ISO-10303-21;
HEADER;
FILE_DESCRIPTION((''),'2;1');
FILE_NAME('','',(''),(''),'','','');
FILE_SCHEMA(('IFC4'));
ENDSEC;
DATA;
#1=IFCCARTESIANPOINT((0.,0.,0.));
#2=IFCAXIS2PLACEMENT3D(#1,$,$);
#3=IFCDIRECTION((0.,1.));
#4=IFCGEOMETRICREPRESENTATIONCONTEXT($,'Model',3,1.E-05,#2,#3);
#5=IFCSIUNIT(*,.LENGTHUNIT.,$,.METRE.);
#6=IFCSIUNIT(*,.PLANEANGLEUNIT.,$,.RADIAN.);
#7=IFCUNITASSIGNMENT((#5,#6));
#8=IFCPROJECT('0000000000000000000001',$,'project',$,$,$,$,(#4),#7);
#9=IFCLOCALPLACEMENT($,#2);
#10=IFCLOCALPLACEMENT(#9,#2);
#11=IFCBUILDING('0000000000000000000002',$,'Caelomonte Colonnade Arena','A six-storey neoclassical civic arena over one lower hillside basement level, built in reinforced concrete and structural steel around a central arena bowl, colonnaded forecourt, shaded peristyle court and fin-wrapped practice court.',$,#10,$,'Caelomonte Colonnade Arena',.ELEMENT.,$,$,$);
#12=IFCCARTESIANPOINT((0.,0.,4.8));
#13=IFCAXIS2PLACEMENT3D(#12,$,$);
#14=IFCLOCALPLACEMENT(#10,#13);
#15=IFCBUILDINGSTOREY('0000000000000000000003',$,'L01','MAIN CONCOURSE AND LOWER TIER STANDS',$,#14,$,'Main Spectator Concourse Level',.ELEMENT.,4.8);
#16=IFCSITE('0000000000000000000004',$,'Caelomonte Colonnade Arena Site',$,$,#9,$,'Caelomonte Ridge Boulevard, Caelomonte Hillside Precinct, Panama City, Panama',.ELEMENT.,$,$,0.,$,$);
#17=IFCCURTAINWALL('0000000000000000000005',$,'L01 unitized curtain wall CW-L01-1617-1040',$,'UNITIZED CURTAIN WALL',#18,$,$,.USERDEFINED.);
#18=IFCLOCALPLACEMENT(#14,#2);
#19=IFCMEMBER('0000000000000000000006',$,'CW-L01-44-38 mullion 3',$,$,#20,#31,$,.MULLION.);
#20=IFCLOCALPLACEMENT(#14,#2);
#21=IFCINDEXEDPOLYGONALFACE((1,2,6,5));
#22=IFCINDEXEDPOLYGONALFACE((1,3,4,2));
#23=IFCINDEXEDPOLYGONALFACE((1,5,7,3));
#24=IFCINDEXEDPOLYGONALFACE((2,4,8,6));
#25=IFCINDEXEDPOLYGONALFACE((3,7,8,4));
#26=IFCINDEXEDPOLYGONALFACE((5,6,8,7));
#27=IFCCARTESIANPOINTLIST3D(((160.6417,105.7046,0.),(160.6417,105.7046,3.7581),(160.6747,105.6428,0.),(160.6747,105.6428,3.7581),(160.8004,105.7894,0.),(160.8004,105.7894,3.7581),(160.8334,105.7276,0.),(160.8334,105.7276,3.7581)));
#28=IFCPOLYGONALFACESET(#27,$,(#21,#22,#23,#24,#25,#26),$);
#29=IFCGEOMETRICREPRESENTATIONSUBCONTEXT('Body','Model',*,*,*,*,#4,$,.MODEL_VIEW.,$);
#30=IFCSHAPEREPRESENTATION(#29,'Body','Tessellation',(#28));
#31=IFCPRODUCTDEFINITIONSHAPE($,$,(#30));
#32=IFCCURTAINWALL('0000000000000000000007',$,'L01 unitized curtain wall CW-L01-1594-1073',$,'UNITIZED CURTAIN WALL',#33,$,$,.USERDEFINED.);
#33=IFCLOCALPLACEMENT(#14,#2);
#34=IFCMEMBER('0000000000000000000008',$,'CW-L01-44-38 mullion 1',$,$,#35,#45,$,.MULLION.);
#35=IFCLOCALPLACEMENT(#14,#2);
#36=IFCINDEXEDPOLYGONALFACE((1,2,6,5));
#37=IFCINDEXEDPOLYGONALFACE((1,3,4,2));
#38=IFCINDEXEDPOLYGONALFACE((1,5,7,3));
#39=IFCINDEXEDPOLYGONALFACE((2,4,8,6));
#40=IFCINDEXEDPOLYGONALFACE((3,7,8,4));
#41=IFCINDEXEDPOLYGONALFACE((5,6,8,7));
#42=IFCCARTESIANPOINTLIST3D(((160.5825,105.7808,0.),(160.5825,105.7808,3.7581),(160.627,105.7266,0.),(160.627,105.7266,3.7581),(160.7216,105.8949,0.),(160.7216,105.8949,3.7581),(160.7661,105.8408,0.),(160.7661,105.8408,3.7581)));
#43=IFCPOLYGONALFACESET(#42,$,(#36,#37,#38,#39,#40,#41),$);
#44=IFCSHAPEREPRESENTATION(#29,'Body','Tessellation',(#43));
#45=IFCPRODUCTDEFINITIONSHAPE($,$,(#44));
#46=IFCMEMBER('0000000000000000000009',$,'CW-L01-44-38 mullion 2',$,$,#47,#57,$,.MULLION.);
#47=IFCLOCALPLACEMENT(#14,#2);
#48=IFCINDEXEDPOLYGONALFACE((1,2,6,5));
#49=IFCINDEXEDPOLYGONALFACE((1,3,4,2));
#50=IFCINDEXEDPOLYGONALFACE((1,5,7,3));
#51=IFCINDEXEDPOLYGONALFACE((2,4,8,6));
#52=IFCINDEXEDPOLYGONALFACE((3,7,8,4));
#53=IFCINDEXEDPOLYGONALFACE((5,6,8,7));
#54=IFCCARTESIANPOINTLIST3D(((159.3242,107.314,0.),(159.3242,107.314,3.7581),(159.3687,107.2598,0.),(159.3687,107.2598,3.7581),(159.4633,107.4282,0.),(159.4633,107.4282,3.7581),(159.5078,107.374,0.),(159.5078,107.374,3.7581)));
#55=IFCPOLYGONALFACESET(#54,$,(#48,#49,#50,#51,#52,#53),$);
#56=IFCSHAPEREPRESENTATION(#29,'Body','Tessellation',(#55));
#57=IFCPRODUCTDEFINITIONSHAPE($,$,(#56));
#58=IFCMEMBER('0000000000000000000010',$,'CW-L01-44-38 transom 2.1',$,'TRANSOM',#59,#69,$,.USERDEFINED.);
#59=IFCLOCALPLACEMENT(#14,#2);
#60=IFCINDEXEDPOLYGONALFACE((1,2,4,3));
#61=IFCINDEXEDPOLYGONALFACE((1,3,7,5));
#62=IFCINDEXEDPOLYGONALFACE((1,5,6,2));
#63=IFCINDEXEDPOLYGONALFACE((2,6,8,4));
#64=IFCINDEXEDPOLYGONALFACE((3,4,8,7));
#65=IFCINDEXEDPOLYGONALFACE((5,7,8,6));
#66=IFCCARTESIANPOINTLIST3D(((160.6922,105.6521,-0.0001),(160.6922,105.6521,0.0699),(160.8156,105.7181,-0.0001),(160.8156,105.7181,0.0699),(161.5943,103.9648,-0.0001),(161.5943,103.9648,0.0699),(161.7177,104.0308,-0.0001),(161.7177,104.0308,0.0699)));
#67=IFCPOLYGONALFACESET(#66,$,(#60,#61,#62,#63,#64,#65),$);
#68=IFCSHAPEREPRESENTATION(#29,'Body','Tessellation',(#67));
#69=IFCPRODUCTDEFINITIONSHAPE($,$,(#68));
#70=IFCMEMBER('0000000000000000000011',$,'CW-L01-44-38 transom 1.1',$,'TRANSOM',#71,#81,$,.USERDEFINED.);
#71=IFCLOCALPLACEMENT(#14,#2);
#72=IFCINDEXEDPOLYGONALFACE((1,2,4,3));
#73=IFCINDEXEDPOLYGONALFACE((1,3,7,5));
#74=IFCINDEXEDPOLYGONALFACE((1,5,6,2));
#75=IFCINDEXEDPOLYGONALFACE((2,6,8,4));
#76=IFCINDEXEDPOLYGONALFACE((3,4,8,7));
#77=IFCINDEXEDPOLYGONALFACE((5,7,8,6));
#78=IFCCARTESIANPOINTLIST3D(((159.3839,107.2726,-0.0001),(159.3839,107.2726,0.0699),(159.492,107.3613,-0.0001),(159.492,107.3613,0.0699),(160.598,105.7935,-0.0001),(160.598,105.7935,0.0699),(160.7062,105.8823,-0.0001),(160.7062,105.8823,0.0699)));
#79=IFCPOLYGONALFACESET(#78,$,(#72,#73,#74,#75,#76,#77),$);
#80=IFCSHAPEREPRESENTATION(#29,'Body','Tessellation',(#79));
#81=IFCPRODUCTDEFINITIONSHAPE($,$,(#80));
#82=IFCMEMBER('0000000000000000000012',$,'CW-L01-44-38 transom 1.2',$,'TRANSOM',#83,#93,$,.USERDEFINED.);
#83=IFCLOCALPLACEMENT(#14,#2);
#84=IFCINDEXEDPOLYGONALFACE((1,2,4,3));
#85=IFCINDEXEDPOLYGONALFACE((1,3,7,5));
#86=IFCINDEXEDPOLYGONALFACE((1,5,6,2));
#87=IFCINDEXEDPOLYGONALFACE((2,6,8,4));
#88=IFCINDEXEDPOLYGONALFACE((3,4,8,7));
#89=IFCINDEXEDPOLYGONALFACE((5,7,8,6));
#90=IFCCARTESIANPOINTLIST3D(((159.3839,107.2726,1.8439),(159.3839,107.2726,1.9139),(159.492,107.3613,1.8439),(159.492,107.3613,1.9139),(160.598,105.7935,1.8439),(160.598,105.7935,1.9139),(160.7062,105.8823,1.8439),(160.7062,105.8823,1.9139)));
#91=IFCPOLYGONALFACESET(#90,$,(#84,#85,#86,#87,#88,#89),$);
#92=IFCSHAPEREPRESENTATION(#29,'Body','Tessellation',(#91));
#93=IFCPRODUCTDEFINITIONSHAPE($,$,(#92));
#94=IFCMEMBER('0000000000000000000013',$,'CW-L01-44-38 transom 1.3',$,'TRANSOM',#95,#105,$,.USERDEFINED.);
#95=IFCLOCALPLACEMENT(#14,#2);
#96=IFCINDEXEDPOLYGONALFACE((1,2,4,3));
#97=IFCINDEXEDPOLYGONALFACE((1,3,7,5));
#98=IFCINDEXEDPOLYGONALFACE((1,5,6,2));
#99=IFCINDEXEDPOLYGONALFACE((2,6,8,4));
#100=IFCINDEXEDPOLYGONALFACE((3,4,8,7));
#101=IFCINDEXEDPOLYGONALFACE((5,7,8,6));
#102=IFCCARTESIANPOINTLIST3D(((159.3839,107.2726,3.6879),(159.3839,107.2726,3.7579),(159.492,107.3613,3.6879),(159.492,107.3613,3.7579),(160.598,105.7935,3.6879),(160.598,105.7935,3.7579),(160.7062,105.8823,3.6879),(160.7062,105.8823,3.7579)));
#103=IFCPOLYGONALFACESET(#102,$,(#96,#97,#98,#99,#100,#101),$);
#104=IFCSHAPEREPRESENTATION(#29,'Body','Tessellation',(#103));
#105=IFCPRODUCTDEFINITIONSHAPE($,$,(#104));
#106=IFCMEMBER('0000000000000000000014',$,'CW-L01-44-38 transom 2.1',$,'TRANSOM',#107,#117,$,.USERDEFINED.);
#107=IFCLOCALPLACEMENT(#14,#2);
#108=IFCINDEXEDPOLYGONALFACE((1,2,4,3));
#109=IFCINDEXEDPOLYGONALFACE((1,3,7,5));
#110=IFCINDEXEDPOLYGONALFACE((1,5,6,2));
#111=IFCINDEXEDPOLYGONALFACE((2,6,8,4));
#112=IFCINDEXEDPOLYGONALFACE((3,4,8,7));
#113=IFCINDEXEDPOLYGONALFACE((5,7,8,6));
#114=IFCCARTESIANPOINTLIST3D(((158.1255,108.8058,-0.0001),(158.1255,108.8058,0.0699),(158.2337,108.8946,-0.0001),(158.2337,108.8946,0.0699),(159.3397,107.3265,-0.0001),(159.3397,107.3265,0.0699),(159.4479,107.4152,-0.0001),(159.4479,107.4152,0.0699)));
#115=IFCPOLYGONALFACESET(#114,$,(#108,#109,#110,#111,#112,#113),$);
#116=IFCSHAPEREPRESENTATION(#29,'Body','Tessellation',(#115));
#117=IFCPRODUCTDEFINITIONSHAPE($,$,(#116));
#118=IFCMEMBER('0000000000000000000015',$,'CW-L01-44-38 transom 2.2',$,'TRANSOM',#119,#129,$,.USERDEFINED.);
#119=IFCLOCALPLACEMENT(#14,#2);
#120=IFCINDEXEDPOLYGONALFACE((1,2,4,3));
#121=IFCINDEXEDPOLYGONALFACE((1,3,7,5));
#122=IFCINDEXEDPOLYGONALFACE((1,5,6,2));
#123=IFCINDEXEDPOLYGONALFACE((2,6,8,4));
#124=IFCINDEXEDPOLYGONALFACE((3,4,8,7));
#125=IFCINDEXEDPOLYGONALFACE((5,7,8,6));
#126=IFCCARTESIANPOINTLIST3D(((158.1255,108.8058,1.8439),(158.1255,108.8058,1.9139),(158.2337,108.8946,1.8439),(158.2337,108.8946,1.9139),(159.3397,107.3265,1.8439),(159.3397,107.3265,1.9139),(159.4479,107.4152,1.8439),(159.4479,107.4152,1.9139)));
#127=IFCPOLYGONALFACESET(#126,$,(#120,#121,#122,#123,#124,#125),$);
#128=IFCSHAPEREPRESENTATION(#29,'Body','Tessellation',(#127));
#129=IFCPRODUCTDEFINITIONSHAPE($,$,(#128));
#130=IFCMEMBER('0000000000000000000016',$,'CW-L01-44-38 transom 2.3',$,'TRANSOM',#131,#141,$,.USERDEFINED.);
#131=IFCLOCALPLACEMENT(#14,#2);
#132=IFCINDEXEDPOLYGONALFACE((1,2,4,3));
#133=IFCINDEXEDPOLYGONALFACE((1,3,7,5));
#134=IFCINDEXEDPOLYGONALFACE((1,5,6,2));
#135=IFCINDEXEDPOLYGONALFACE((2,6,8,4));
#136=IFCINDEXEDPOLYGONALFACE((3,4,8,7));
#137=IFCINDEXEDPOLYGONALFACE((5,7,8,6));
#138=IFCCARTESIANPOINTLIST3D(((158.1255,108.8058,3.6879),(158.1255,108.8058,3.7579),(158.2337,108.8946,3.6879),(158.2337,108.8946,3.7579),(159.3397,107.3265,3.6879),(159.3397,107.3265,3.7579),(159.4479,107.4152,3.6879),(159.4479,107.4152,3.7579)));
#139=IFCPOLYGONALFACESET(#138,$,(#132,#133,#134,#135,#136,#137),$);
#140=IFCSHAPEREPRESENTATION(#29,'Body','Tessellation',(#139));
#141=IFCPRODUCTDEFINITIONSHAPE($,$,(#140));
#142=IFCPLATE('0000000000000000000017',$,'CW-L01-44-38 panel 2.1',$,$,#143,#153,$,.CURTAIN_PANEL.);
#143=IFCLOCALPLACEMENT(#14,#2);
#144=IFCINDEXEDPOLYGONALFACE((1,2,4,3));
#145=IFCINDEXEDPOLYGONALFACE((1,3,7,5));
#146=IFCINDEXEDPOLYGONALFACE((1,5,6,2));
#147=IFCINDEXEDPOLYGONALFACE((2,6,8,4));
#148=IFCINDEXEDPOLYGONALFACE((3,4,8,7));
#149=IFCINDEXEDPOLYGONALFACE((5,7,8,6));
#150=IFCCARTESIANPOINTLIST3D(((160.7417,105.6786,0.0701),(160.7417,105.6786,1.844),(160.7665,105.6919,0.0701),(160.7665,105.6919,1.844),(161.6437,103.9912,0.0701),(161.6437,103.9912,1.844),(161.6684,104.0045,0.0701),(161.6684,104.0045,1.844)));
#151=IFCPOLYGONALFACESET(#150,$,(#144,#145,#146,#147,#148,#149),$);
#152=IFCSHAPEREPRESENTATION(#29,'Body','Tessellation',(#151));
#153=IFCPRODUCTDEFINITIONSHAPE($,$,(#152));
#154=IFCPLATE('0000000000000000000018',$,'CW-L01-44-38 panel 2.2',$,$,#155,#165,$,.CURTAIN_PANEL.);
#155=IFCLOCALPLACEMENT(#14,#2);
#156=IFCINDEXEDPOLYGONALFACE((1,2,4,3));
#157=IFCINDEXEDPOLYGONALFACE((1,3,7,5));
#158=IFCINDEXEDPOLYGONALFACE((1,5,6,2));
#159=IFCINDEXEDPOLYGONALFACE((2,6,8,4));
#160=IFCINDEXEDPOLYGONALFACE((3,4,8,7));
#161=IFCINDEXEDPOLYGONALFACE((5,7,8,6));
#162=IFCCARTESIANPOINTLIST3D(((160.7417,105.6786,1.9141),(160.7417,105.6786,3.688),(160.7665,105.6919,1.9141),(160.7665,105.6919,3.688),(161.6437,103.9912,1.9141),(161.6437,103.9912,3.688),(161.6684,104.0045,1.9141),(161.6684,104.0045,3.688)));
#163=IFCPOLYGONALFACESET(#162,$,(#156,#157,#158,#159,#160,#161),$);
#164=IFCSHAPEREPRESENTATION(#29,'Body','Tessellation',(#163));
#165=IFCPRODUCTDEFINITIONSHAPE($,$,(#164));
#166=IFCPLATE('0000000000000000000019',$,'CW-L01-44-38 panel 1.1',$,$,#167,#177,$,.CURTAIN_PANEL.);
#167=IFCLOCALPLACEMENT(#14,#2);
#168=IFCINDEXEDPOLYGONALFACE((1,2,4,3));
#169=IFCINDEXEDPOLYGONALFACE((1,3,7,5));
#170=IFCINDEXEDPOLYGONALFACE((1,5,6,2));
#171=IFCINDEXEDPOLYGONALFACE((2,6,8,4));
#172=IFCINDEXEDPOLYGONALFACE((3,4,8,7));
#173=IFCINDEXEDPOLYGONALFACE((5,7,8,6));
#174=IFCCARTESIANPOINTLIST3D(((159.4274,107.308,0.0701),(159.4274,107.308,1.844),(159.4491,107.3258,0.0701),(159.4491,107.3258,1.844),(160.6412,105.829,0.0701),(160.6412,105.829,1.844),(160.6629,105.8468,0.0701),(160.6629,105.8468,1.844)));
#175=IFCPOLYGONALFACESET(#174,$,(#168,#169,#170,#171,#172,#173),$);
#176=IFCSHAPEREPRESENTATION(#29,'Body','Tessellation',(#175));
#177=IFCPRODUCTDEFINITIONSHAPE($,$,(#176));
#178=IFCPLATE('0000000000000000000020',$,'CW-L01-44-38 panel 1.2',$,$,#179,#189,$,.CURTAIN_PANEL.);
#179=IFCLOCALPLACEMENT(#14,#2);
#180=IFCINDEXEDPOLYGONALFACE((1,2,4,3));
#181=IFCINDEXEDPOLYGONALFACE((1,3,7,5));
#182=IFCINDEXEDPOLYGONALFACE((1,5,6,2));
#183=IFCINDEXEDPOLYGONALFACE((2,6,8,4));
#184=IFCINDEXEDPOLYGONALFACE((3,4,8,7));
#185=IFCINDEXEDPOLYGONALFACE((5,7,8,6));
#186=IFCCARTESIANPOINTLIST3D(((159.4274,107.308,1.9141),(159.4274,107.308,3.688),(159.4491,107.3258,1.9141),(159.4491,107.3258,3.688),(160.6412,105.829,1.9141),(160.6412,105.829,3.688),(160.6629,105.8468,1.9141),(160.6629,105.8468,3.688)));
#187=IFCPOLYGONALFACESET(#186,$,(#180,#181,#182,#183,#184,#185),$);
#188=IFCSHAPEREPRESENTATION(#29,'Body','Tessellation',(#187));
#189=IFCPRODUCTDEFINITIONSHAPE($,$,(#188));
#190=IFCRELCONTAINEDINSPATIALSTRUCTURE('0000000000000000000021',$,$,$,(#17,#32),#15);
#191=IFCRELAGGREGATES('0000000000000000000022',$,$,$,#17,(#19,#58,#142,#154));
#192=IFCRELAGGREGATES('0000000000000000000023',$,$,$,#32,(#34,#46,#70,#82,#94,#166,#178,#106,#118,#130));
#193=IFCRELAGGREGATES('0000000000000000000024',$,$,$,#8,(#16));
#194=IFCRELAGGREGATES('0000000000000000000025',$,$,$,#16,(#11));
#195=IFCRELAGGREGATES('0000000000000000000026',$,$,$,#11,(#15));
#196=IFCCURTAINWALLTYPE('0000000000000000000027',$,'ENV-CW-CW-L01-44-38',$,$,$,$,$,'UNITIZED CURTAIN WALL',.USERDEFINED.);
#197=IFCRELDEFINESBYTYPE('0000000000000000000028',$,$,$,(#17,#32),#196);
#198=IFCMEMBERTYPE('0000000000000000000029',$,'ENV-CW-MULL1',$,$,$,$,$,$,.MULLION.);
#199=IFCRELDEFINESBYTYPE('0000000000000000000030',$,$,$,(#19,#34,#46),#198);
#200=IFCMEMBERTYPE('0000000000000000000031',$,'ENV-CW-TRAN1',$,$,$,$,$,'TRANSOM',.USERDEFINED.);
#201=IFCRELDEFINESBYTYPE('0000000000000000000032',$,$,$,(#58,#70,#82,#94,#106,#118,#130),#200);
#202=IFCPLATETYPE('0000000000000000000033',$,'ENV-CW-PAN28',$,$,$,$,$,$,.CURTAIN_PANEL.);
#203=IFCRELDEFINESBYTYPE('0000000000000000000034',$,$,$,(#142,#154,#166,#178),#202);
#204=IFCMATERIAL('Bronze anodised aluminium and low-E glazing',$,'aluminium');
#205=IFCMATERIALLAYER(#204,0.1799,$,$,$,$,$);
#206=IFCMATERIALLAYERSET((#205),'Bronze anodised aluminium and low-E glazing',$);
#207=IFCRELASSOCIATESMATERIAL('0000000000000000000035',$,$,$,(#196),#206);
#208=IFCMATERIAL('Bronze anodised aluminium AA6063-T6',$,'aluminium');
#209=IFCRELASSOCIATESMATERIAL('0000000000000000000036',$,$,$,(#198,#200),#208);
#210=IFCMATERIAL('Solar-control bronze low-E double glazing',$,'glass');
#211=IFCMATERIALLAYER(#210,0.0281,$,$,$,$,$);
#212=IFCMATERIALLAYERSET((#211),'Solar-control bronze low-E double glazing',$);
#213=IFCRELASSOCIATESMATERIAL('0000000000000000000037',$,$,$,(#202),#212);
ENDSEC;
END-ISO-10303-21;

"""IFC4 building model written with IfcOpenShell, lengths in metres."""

from ifc_helpers import new_model, si_unit, direction, frame, origin, origin_2d, place, context, subcontext, project, spatial, rectangle, extrude, material, layer, layer_set, material_profile, profile_set, type_object, element, aggregate, save


model = new_model("IFC4")

# Units and contexts
model_context = context("Model", 3, precision=1e-05, world=origin(), true_north=direction((0.0, 1.0)))
body_context = subcontext(model_context, "Body", "Model", "MODEL_VIEW")
ifc_project = project(units=[si_unit("LENGTHUNIT", "METRE"), si_unit("PLANEANGLEUNIT", "RADIAN")], contexts=[model_context])

# Site, building, storey
site_placement = place(None, origin())
site = spatial("IfcSite", under=ifc_project, at=site_placement, Name="Caelomonte Colonnade Arena Site", LongName="Caelomonte Ridge Boulevard, Caelomonte Hillside Precinct, Panama City, Panama", CompositionType="ELEMENT", RefElevation=0.0)
building_placement = place(site_placement, origin())
building = spatial("IfcBuilding", under=site, at=building_placement, Name="Caelomonte Colonnade Arena", Description="A six-storey neoclassical civic arena over one lower hillside basement level, built in reinforced concrete and structural steel around a central arena bowl, colonnaded forecourt, shaded peristyle court and fin-wrapped practice court.", LongName="Caelomonte Colonnade Arena", CompositionType="ELEMENT")
storey_placement = place(building_placement, frame((0.0, 0.0, 4.8)))
storey = spatial("IfcBuildingStorey", under=building, at=storey_placement, Name="L01", Description="MAIN CONCOURSE AND LOWER TIER STANDS", LongName="Main Spectator Concourse Level", CompositionType="ELEMENT", Elevation=4.8)

# Curtain wall, member
ifc_material_1 = material(Name="Bronze anodised aluminium and low-E glazing", Category="aluminium")
ifc_layer_1 = layer(ifc_material_1, 0.1799)
ifc_layer_set_1 = layer_set([ifc_layer_1], Name="Bronze anodised aluminium and low-E glazing")
curtain_wall_type = type_object("IfcCurtainWallType", Name="ENV-CW-CW-L01-44-38", ElementType="UNITIZED CURTAIN WALL", PredefinedType="USERDEFINED", material=ifc_layer_set_1)
curtain_wall_1_placement = place(storey_placement, origin())
curtain_wall_1 = element("IfcCurtainWall", 1, at=curtain_wall_1_placement, inside=storey, type_object=curtain_wall_type, Name="L01 unitized curtain wall CW-L01-1617-1040", ObjectType="UNITIZED CURTAIN WALL", PredefinedType="USERDEFINED")
ifc_material_2 = material(Name="Bronze anodised aluminium AA6063-T6", Category="aluminium")
ifc_material_profile_1 = material_profile(ifc_material_2, rectangle(XDim=0.0701, YDim=0.1799, at=origin_2d()), Name="CWM-70X180")
ifc_profile_set_1 = profile_set([ifc_material_profile_1], Name="Bronze anodised aluminium AA6063-T6")
member_type_1 = type_object("IfcMemberType", Name="ENV-CW-MULL1", PredefinedType="MULLION", material=ifc_profile_set_1)
member_1_placement = place(storey_placement, frame((160.7375, 105.7161, 0.0), z_axis=(0.0, 0.0, 1.0), x_axis=(-0.471394, 0.881923, 0.0)))
member_1 = element("IfcMember", 2, at=member_1_placement, type_object=member_type_1, Name="CW-L01-44-38 mullion 3", PredefinedType="MULLION", context=body_context, shape_type="SweptSolid", body=[
    extrude(rectangle(XDim=0.0701, YDim=0.1799, at=origin_2d()), origin(), (0.0, 0.0, 1.0), 3.7581),
])

# Curtain wall, members
curtain_wall_2_placement = place(storey_placement, origin())
curtain_wall_2 = element("IfcCurtainWall", 3, at=curtain_wall_2_placement, inside=storey, type_object=curtain_wall_type, Name="L01 unitized curtain wall CW-L01-1594-1073", ObjectType="UNITIZED CURTAIN WALL", PredefinedType="USERDEFINED")
member_2_placement = place(storey_placement, frame((160.6743, 105.8108, 0.0), z_axis=(0.0, 0.0, 1.0), x_axis=(-0.634416, 0.772992, 0.0)))
member_2 = element("IfcMember", 4, at=member_2_placement, type_object=member_type_1, Name="CW-L01-44-38 mullion 1", PredefinedType="MULLION", context=body_context, shape_type="SweptSolid", body=[
    extrude(rectangle(XDim=0.0701, YDim=0.1799, at=origin_2d()), origin(), (0.0, 0.0, 1.0), 3.7581),
])
member_3_placement = place(storey_placement, frame((159.416, 107.344, 0.0), z_axis=(0.0, 0.0, 1.0), x_axis=(-0.634416, 0.772992, 0.0)))
member_3 = element("IfcMember", 5, at=member_3_placement, type_object=member_type_1, Name="CW-L01-44-38 mullion 2", PredefinedType="MULLION", context=body_context, shape_type="SweptSolid", body=[
    extrude(rectangle(XDim=0.0701, YDim=0.1799, at=origin_2d()), origin(), (0.0, 0.0, 1.0), 3.7581),
])

# Members
ifc_material_profile_2 = material_profile(ifc_material_2, rectangle(XDim=0.0701, YDim=0.1399, at=origin_2d()), Name="CWT-70X140")
ifc_profile_set_2 = profile_set([ifc_material_profile_2], Name="Bronze anodised aluminium AA6063-T6")
member_type_2 = type_object("IfcMemberType", Name="ENV-CW-TRAN1", ElementType="TRANSOM", PredefinedType="USERDEFINED", material=ifc_profile_set_2)
member_4_placement = place(storey_placement, frame((161.656, 103.9978, 0.0349), z_axis=(-0.471495, 0.881869, 0.0), x_axis=(0.0, 0.0, 1.0)))
member_4 = element("IfcMember", 6, at=member_4_placement, type_object=member_type_2, Name="CW-L01-44-38 transom 2.1", ObjectType="TRANSOM", PredefinedType="USERDEFINED", context=body_context, shape_type="SweptSolid", body=[
    extrude(rectangle(XDim=0.0701, YDim=0.1399, at=origin_2d()), origin(), (0.0, 0.0, 1.0), 1.9133),
])
member_5_placement = place(storey_placement, frame((160.6521, 105.8379, 0.0349), z_axis=(-0.634495, 0.772927, 0.0), x_axis=(0.0, 0.0, 1.0)))
member_5 = element("IfcMember", 7, at=member_5_placement, type_object=member_type_2, Name="CW-L01-44-38 transom 1.1", ObjectType="TRANSOM", PredefinedType="USERDEFINED", context=body_context, shape_type="SweptSolid", body=[
    extrude(rectangle(XDim=0.0701, YDim=0.1399, at=origin_2d()), origin(), (0.0, 0.0, 1.0), 1.9136),
])
member_6_placement = place(storey_placement, frame((160.6521, 105.8379, 1.8789), z_axis=(-0.634495, 0.772927, 0.0), x_axis=(0.0, 0.0, 1.0)))
member_6 = element("IfcMember", 8, at=member_6_placement, type_object=member_type_2, Name="CW-L01-44-38 transom 1.2", ObjectType="TRANSOM", PredefinedType="USERDEFINED", context=body_context, shape_type="SweptSolid", body=[
    extrude(rectangle(XDim=0.0701, YDim=0.1399, at=origin_2d()), origin(), (0.0, 0.0, 1.0), 1.9136),
])
member_7_placement = place(storey_placement, frame((160.6521, 105.8379, 3.7229), z_axis=(-0.634495, 0.772927, 0.0), x_axis=(0.0, 0.0, 1.0)))
member_7 = element("IfcMember", 9, at=member_7_placement, type_object=member_type_2, Name="CW-L01-44-38 transom 1.3", ObjectType="TRANSOM", PredefinedType="USERDEFINED", context=body_context, shape_type="SweptSolid", body=[
    extrude(rectangle(XDim=0.0701, YDim=0.1399, at=origin_2d()), origin(), (0.0, 0.0, 1.0), 1.9136),
])
member_8_placement = place(storey_placement, frame((159.3938, 107.3708, 0.0349), z_axis=(-0.634432, 0.772979, 0.0), x_axis=(0.0, 0.0, 1.0)))
member_8 = element("IfcMember", 10, at=member_8_placement, type_object=member_type_2, Name="CW-L01-44-38 transom 2.1", ObjectType="TRANSOM", PredefinedType="USERDEFINED", context=body_context, shape_type="SweptSolid", body=[
    extrude(rectangle(XDim=0.0701, YDim=0.1399, at=origin_2d()), origin(), (0.0, 0.0, 1.0), 1.9138),
])
member_9_placement = place(storey_placement, frame((159.3938, 107.3708, 1.8789), z_axis=(-0.634432, 0.772979, 0.0), x_axis=(0.0, 0.0, 1.0)))
member_9 = element("IfcMember", 11, at=member_9_placement, type_object=member_type_2, Name="CW-L01-44-38 transom 2.2", ObjectType="TRANSOM", PredefinedType="USERDEFINED", context=body_context, shape_type="SweptSolid", body=[
    extrude(rectangle(XDim=0.0701, YDim=0.1399, at=origin_2d()), origin(), (0.0, 0.0, 1.0), 1.9138),
])
member_10_placement = place(storey_placement, frame((159.3938, 107.3708, 3.7229), z_axis=(-0.634432, 0.772979, 0.0), x_axis=(0.0, 0.0, 1.0)))
member_10 = element("IfcMember", 12, at=member_10_placement, type_object=member_type_2, Name="CW-L01-44-38 transom 2.3", ObjectType="TRANSOM", PredefinedType="USERDEFINED", context=body_context, shape_type="SweptSolid", body=[
    extrude(rectangle(XDim=0.0701, YDim=0.1399, at=origin_2d()), origin(), (0.0, 0.0, 1.0), 1.9138),
])

# Plates
ifc_material_3 = material(Name="Solar-control bronze low-E double glazing", Category="glass")
ifc_layer_2 = layer(ifc_material_3, 0.0281)
ifc_layer_set_2 = layer_set([ifc_layer_2], Name="Solar-control bronze low-E double glazing")
plate_type = type_object("IfcPlateType", Name="ENV-CW-PAN28", PredefinedType="CURTAIN_PANEL", material=ifc_layer_set_2)
plate_1_placement = place(storey_placement, frame((161.2051, 104.8416, 0.0701), z_axis=(0.0, 0.0, 1.0), x_axis=(-0.471394, 0.881923, 0.0)))
plate_1 = element("IfcPlate", 13, at=plate_1_placement, type_object=plate_type, Name="CW-L01-44-38 panel 2.1", PredefinedType="CURTAIN_PANEL", context=body_context, shape_type="SweptSolid", body=[
    extrude(rectangle(XDim=1.9133, YDim=0.0281, at=origin_2d()), origin(), (0.0, 0.0, 1.0), 1.7739),
])
plate_2_placement = place(storey_placement, frame((161.2051, 104.8416, 1.9141), z_axis=(0.0, 0.0, 1.0), x_axis=(-0.471394, 0.881923, 0.0)))
plate_2 = element("IfcPlate", 14, at=plate_2_placement, type_object=plate_type, Name="CW-L01-44-38 panel 2.2", PredefinedType="CURTAIN_PANEL", context=body_context, shape_type="SweptSolid", body=[
    extrude(rectangle(XDim=1.9133, YDim=0.0281, at=origin_2d()), origin(), (0.0, 0.0, 1.0), 1.7739),
])
aggregate(curtain_wall_1, [member_1, member_4, plate_1, plate_2])
plate_3_placement = place(storey_placement, frame((160.0452, 106.5774, 0.0701), z_axis=(0.0, 0.0, 1.0), x_axis=(-0.634416, 0.772992, 0.0)))
plate_3 = element("IfcPlate", 15, at=plate_3_placement, type_object=plate_type, Name="CW-L01-44-38 panel 1.1", PredefinedType="CURTAIN_PANEL", context=body_context, shape_type="SweptSolid", body=[
    extrude(rectangle(XDim=1.9133, YDim=0.0281, at=origin_2d()), origin(), (0.0, 0.0, 1.0), 1.7739),
])
plate_4_placement = place(storey_placement, frame((160.0452, 106.5774, 1.9141), z_axis=(0.0, 0.0, 1.0), x_axis=(-0.634416, 0.772992, 0.0)))
plate_4 = element("IfcPlate", 16, at=plate_4_placement, type_object=plate_type, Name="CW-L01-44-38 panel 1.2", PredefinedType="CURTAIN_PANEL", context=body_context, shape_type="SweptSolid", body=[
    extrude(rectangle(XDim=1.9133, YDim=0.0281, at=origin_2d()), origin(), (0.0, 0.0, 1.0), 1.7739),
])
aggregate(curtain_wall_2, [member_2, member_3, member_5, member_6, member_7, plate_3, plate_4, member_8, member_9, member_10])

save(model, "model.ifc")
